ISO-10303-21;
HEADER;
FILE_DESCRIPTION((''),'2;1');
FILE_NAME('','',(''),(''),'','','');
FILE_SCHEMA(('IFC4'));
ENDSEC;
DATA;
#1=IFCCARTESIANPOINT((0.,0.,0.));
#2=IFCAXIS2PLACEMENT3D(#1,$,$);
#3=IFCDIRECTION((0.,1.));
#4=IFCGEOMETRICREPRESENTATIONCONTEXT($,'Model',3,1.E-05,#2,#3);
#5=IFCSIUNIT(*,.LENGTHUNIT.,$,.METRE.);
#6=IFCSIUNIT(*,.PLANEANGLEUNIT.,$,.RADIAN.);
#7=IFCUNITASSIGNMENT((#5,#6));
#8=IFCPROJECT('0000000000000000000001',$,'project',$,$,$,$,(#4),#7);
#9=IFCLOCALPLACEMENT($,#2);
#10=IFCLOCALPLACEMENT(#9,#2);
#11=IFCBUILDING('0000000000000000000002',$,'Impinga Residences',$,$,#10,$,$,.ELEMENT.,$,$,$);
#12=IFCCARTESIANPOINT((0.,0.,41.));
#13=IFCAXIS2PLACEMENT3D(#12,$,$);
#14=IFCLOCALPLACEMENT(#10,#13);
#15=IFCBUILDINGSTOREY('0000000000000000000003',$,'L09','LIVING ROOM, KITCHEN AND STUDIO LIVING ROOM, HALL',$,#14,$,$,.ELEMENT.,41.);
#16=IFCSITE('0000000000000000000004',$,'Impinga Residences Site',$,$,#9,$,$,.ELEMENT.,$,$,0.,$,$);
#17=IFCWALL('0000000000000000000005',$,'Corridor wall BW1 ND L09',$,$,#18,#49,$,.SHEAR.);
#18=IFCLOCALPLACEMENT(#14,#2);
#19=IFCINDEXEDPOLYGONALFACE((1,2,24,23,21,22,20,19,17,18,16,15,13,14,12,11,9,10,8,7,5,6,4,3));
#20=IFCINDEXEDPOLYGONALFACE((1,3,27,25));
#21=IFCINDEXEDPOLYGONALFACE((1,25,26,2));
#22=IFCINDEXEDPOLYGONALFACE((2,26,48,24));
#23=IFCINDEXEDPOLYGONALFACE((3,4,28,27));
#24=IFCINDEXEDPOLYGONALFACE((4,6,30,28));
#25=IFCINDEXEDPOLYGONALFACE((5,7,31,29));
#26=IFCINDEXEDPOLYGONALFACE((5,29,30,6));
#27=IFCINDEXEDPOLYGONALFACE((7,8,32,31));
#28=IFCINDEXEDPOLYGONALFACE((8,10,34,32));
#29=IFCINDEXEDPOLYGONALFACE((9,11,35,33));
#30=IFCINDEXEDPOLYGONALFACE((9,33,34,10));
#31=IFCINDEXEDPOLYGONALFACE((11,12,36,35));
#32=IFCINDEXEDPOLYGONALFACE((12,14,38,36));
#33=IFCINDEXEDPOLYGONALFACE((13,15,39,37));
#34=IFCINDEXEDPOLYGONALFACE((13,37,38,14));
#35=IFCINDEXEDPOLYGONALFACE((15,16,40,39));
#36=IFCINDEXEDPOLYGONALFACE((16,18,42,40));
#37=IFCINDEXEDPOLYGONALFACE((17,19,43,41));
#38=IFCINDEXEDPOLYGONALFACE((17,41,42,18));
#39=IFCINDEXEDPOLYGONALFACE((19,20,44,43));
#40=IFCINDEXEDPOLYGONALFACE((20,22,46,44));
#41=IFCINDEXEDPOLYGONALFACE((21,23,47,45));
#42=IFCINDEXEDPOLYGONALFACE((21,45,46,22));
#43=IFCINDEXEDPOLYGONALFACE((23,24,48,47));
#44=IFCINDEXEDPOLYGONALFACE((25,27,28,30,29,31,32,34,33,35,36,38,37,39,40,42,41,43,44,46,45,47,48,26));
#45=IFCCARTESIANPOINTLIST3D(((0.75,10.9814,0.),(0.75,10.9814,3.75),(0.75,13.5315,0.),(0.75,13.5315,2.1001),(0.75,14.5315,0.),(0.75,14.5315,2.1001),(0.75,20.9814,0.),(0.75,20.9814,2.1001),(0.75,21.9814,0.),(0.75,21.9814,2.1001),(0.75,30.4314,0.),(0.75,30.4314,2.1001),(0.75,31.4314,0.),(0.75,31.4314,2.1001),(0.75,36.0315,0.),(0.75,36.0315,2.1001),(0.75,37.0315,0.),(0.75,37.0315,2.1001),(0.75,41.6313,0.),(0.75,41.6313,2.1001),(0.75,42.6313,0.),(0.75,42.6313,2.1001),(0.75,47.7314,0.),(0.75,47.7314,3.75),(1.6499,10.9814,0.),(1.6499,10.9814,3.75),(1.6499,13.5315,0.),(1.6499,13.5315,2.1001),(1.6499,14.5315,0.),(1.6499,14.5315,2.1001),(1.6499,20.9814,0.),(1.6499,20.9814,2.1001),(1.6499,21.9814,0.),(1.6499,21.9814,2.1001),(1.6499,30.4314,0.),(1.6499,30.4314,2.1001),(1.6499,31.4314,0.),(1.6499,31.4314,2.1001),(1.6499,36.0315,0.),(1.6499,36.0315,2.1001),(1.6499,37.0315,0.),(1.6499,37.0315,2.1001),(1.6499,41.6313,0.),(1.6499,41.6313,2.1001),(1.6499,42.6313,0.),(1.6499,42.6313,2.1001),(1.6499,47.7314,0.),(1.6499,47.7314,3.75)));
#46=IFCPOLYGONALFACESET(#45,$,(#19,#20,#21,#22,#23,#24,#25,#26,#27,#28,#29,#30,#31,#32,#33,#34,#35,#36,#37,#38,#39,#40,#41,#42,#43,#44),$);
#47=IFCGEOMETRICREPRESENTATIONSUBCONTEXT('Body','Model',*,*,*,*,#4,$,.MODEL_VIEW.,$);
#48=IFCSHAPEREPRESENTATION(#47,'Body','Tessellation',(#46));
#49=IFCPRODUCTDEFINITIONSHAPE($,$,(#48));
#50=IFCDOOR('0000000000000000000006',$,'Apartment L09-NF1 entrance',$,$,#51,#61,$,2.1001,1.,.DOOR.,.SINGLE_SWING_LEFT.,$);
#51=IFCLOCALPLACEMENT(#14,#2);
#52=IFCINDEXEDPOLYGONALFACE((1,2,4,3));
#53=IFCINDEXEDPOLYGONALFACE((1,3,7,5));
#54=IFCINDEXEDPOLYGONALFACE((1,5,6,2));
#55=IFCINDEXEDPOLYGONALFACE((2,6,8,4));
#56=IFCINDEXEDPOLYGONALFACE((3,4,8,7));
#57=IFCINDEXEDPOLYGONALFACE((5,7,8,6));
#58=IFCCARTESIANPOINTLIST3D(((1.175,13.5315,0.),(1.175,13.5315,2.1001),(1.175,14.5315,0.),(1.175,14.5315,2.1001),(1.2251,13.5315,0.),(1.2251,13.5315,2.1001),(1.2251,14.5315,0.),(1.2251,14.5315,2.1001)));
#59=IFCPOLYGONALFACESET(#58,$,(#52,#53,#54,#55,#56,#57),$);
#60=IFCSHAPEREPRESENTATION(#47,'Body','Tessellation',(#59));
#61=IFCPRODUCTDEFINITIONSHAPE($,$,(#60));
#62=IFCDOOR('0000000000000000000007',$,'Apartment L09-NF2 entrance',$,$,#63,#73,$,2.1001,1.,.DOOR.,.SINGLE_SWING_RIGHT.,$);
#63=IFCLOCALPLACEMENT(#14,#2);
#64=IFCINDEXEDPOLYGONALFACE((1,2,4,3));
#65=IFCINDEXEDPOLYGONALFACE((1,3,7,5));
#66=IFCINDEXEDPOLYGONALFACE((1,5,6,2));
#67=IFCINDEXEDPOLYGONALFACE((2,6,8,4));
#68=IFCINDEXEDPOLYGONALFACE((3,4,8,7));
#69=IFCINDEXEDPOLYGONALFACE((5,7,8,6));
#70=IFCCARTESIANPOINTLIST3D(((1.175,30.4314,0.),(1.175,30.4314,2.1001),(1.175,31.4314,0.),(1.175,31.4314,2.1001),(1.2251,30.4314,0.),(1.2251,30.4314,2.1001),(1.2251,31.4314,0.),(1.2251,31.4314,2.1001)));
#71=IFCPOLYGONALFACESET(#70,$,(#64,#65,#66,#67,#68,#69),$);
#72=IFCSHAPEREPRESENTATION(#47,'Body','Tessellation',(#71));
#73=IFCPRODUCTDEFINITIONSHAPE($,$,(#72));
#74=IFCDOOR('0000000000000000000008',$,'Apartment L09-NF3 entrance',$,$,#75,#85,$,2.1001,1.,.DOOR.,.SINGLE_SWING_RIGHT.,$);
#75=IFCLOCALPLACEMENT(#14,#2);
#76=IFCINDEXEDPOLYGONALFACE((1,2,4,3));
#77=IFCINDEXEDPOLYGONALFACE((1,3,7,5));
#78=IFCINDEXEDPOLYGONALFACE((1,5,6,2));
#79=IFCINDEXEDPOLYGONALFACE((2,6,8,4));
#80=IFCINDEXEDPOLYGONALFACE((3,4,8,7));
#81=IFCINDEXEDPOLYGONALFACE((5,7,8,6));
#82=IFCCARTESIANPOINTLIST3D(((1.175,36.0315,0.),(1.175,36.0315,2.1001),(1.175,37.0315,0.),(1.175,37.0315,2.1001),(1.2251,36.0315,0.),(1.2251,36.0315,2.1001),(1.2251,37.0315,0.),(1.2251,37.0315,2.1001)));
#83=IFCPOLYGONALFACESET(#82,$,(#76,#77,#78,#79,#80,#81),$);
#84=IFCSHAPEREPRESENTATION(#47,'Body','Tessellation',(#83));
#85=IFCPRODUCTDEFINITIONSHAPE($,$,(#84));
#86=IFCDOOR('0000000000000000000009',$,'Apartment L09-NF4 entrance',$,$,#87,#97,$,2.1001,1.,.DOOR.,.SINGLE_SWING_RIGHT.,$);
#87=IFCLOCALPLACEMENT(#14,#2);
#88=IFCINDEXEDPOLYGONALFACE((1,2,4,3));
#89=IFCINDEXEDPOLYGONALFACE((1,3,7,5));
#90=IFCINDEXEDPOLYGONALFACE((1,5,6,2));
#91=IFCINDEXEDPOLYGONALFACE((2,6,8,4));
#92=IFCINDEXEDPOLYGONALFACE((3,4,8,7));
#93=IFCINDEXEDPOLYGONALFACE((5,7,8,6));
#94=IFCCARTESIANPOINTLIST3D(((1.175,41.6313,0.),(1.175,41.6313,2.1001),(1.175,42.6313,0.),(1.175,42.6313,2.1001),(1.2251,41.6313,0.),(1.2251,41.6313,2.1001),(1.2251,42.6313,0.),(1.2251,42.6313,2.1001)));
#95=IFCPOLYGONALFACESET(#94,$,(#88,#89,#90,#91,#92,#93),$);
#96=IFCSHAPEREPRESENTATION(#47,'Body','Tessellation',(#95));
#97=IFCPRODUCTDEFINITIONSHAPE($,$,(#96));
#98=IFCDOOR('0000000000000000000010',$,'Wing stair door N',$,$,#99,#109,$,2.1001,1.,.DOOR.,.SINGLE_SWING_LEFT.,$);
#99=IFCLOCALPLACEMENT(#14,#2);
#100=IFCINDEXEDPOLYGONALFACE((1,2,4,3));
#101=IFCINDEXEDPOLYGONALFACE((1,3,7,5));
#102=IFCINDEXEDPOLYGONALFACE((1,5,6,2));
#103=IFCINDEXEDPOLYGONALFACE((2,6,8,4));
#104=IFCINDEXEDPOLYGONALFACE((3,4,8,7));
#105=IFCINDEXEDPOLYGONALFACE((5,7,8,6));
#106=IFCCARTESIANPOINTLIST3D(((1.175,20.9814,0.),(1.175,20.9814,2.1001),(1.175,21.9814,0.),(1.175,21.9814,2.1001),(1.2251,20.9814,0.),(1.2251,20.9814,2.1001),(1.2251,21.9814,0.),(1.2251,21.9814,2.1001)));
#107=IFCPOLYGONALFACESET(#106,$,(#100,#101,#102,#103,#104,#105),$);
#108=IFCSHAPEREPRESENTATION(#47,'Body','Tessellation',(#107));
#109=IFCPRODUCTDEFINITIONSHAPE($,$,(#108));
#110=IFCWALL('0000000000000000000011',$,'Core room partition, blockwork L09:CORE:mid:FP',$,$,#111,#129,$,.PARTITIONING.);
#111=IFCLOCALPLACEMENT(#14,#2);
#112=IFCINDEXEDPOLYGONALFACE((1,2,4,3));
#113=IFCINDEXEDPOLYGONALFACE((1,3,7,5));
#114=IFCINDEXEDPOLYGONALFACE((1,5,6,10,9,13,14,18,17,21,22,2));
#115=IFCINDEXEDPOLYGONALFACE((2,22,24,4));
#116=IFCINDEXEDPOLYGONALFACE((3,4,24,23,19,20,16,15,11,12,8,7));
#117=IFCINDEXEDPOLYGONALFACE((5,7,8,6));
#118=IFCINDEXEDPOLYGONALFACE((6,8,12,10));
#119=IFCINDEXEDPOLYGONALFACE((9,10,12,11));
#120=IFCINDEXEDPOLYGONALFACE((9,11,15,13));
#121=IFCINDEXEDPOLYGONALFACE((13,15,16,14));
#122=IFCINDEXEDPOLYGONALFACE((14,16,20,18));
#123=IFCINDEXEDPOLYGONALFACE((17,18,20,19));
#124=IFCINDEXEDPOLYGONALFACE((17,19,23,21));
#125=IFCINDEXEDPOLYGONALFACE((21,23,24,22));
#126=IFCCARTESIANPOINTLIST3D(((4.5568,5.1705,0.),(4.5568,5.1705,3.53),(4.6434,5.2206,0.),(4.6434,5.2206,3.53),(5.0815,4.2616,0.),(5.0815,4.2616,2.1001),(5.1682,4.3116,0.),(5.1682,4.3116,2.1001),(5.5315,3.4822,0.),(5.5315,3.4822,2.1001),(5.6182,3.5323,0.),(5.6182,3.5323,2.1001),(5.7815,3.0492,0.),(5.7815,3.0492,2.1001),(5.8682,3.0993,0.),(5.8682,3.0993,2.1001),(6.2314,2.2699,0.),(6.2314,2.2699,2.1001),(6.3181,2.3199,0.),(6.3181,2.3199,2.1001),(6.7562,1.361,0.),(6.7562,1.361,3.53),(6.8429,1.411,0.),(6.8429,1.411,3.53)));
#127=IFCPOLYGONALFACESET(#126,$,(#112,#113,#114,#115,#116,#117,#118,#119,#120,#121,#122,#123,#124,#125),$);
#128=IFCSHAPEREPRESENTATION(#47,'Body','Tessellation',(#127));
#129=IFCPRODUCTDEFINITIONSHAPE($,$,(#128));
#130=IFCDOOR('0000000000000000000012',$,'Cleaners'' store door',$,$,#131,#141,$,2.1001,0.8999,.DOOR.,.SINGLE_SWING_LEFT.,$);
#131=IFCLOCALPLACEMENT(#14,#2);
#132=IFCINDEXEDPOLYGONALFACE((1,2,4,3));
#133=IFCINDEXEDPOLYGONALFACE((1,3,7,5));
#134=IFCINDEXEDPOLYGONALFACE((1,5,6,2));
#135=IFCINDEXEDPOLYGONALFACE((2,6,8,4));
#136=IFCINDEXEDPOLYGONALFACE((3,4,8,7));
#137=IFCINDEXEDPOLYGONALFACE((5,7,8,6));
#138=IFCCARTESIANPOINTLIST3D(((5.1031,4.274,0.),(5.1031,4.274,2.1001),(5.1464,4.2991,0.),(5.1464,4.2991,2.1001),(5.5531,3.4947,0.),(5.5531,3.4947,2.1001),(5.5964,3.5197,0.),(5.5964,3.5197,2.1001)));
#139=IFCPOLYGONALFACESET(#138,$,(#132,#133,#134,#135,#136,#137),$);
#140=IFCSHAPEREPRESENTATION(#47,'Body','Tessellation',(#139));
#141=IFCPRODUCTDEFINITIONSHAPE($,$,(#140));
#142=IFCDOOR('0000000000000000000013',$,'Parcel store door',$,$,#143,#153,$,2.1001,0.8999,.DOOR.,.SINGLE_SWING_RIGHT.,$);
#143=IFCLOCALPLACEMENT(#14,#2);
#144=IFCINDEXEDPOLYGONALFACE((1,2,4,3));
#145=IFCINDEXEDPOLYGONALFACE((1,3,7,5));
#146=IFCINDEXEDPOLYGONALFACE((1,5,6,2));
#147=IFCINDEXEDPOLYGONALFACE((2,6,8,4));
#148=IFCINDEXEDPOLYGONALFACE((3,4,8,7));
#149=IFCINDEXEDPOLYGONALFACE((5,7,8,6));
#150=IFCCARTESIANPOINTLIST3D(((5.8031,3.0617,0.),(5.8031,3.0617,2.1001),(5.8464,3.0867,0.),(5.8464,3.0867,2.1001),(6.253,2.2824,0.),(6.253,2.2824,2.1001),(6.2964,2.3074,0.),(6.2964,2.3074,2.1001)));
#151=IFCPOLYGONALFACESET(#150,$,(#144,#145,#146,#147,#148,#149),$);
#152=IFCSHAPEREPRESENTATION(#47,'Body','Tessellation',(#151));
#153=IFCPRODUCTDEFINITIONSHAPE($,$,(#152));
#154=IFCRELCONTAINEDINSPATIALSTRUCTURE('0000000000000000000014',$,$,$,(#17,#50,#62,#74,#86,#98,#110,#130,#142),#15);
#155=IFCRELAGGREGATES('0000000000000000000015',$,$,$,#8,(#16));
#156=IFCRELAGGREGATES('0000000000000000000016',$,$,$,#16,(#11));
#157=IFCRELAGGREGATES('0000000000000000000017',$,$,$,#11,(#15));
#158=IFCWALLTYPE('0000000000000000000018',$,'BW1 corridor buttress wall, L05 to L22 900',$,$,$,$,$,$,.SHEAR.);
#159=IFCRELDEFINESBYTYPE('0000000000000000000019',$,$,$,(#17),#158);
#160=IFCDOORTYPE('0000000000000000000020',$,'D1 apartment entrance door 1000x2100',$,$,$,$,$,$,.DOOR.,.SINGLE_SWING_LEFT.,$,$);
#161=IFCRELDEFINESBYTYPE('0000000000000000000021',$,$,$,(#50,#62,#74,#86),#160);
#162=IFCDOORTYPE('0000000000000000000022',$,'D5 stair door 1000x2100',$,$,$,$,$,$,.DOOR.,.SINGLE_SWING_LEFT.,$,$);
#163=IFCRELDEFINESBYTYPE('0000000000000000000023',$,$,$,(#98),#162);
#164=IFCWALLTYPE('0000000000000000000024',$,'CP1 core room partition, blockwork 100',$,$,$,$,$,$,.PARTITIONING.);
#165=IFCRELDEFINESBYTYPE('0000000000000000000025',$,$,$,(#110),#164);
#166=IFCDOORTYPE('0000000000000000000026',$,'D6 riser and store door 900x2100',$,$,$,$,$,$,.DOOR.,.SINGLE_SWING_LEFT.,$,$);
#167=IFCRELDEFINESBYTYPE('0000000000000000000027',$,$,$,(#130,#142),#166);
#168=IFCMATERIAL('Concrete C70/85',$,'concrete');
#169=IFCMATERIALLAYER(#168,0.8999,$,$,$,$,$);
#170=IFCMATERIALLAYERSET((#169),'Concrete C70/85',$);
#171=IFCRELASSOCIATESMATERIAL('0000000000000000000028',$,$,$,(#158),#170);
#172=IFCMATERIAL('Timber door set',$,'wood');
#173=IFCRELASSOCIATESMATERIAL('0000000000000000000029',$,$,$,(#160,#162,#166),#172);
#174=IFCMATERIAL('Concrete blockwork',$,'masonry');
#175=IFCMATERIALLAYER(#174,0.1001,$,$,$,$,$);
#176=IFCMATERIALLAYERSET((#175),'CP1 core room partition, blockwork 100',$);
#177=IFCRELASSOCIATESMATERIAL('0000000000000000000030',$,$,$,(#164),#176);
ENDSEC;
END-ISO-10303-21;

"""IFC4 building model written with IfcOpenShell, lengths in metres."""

from ifc_helpers import new_model, si_unit, direction, frame, frame_2d, origin, place, context, subcontext, project, spatial, rectangle, extrude, material, layer, layer_set, type_object, element, fill, save


model = new_model("IFC4")

# Units and contexts
model_context = context("Model", 3, precision=1e-05, world=origin(), true_north=direction((0.0, 1.0)))
body_context = subcontext(model_context, "Body", "Model", "MODEL_VIEW")
ifc_project = project(units=[si_unit("LENGTHUNIT", "METRE"), si_unit("PLANEANGLEUNIT", "RADIAN")], contexts=[model_context])

# Site, building, storey
site_placement = place(None, origin())
site = spatial("IfcSite", under=ifc_project, at=site_placement, Name="Impinga Residences Site", CompositionType="ELEMENT", RefElevation=0.0)
building_placement = place(site_placement, origin())
building = spatial("IfcBuilding", under=site, at=building_placement, Name="Impinga Residences", CompositionType="ELEMENT")
storey_placement = place(building_placement, frame((0.0, 0.0, 41.0)))
storey = spatial("IfcBuildingStorey", under=building, at=storey_placement, Name="L09", Description="LIVING ROOM, KITCHEN AND STUDIO LIVING ROOM, HALL", CompositionType="ELEMENT", Elevation=41.0)

# Walls, openings, doors
ifc_material_1 = material(Name="Concrete C70/85", Category="concrete")
ifc_layer_1 = layer(ifc_material_1, 0.8999)
ifc_layer_set_1 = layer_set([ifc_layer_1], Name="Concrete C70/85")
wall_type_1 = type_object("IfcWallType", Name="BW1 corridor buttress wall, L05 to L22 900", PredefinedType="SHEAR", material=ifc_layer_set_1)
wall_1_placement = place(storey_placement, frame((1.2, 10.9814, 0.0), z_axis=(0.0, 0.0, 1.0), x_axis=(0.0, 1.0, 0.0)))
wall_1 = element("IfcWall", 1, at=wall_1_placement, inside=storey, type_object=wall_type_1, Name="Corridor wall BW1 ND L09", PredefinedType="SHEAR", context=body_context, shape_type="SweptSolid", body=[
    extrude(rectangle(XDim=36.75, YDim=0.8999, at=frame_2d((18.375, 0.0))), origin(), (0.0, 0.0, 1.0), 3.75),
])
opening_1_placement = place(wall_1_placement, frame((10.0, 0.0, 0.0)))
opening_1 = element("IfcOpeningElement", 2, at=opening_1_placement, cuts=wall_1, PredefinedType="OPENING", context=body_context, shape_type="SweptSolid", body=[
    extrude(rectangle(XDim=1.0, YDim=2.1001, at=frame_2d((0.5, 1.05))), frame((0.0, 0.46, 0.0), z_axis=(0.0, -1.0, 0.0), x_axis=(1.0, 0.0, 0.0)), (0.0, 0.0, 1.0), 0.9199),
])
opening_2_placement = place(wall_1_placement, frame((2.55, 0.0, 0.0)))
opening_2 = element("IfcOpeningElement", 3, at=opening_2_placement, cuts=wall_1, PredefinedType="OPENING", context=body_context, shape_type="SweptSolid", body=[
    extrude(rectangle(XDim=1.0, YDim=2.1001, at=frame_2d((0.5, 1.05))), frame((0.0, 0.46, 0.0), z_axis=(0.0, -1.0, 0.0), x_axis=(1.0, 0.0, 0.0)), (0.0, 0.0, 1.0), 0.9199),
])
opening_3_placement = place(wall_1_placement, frame((19.45, 0.0, 0.0)))
opening_3 = element("IfcOpeningElement", 4, at=opening_3_placement, cuts=wall_1, PredefinedType="OPENING", context=body_context, shape_type="SweptSolid", body=[
    extrude(rectangle(XDim=1.0, YDim=2.1001, at=frame_2d((0.5, 1.05))), frame((0.0, 0.46, 0.0), z_axis=(0.0, -1.0, 0.0), x_axis=(1.0, 0.0, 0.0)), (0.0, 0.0, 1.0), 0.9199),
])
opening_4_placement = place(wall_1_placement, frame((25.05, 0.0, 0.0)))
opening_4 = element("IfcOpeningElement", 5, at=opening_4_placement, cuts=wall_1, PredefinedType="OPENING", context=body_context, shape_type="SweptSolid", body=[
    extrude(rectangle(XDim=1.0, YDim=2.1001, at=frame_2d((0.5, 1.05))), frame((0.0, 0.46, 0.0), z_axis=(0.0, -1.0, 0.0), x_axis=(1.0, 0.0, 0.0)), (0.0, 0.0, 1.0), 0.9199),
])
opening_5_placement = place(wall_1_placement, frame((30.6499, 0.0, 0.0)))
opening_5 = element("IfcOpeningElement", 6, at=opening_5_placement, cuts=wall_1, PredefinedType="OPENING", context=body_context, shape_type="SweptSolid", body=[
    extrude(rectangle(XDim=1.0, YDim=2.1001, at=frame_2d((0.5, 1.05))), frame((0.0, 0.46, 0.0), z_axis=(0.0, -1.0, 0.0), x_axis=(1.0, 0.0, 0.0)), (0.0, 0.0, 1.0), 0.9199),
])
ifc_material_2 = material(Name="Timber door set", Category="wood")
door_type_1 = type_object("IfcDoorType", Name="D1 apartment entrance door 1000x2100", OperationType="SINGLE_SWING_LEFT", PredefinedType="DOOR", material=ifc_material_2)
door_1_placement = place(opening_2_placement, origin())
door_1 = element("IfcDoor", 7, at=door_1_placement, inside=storey, type_object=door_type_1, Name="Apartment L09-NF1 entrance", OperationType="SINGLE_SWING_LEFT", OverallHeight=2.1001, OverallWidth=1.0, PredefinedType="DOOR", context=body_context, shape_type="SweptSolid", body=[
    extrude(rectangle(XDim=1.0, YDim=2.1001, at=frame_2d((0.5, 1.05))), frame((0.0, 0.0249, 0.0), z_axis=(0.0, -1.0, 0.0), x_axis=(1.0, 0.0, 0.0)), (0.0, 0.0, 1.0), 0.05),
])
fill(opening_2, door_1)
door_2_placement = place(opening_3_placement, origin())
door_2 = element("IfcDoor", 8, at=door_2_placement, inside=storey, type_object=door_type_1, Name="Apartment L09-NF2 entrance", OperationType="SINGLE_SWING_RIGHT", OverallHeight=2.1001, OverallWidth=1.0, PredefinedType="DOOR", context=body_context, shape_type="SweptSolid", body=[
    extrude(rectangle(XDim=1.0, YDim=2.1001, at=frame_2d((0.5, 1.05))), frame((0.0, 0.0249, 0.0), z_axis=(0.0, -1.0, 0.0), x_axis=(1.0, 0.0, 0.0)), (0.0, 0.0, 1.0), 0.05),
])
fill(opening_3, door_2)
door_3_placement = place(opening_4_placement, origin())
door_3 = element("IfcDoor", 9, at=door_3_placement, inside=storey, type_object=door_type_1, Name="Apartment L09-NF3 entrance", OperationType="SINGLE_SWING_RIGHT", OverallHeight=2.1001, OverallWidth=1.0, PredefinedType="DOOR", context=body_context, shape_type="SweptSolid", body=[
    extrude(rectangle(XDim=1.0, YDim=2.1001, at=frame_2d((0.5, 1.05))), frame((0.0, 0.0249, 0.0), z_axis=(0.0, -1.0, 0.0), x_axis=(1.0, 0.0, 0.0)), (0.0, 0.0, 1.0), 0.05),
])
fill(opening_4, door_3)
door_4_placement = place(opening_5_placement, origin())
door_4 = element("IfcDoor", 10, at=door_4_placement, inside=storey, type_object=door_type_1, Name="Apartment L09-NF4 entrance", OperationType="SINGLE_SWING_RIGHT", OverallHeight=2.1001, OverallWidth=1.0, PredefinedType="DOOR", context=body_context, shape_type="SweptSolid", body=[
    extrude(rectangle(XDim=1.0, YDim=2.1001, at=frame_2d((0.5, 1.05))), frame((0.0, 0.0249, 0.0), z_axis=(0.0, -1.0, 0.0), x_axis=(1.0, 0.0, 0.0)), (0.0, 0.0, 1.0), 0.05),
])
fill(opening_5, door_4)
door_type_2 = type_object("IfcDoorType", Name="D5 stair door 1000x2100", OperationType="SINGLE_SWING_LEFT", PredefinedType="DOOR", material=ifc_material_2)
door_5_placement = place(opening_1_placement, origin())
door_5 = element("IfcDoor", 11, at=door_5_placement, inside=storey, type_object=door_type_2, Name="Wing stair door N", OperationType="SINGLE_SWING_LEFT", OverallHeight=2.1001, OverallWidth=1.0, PredefinedType="DOOR", context=body_context, shape_type="SweptSolid", body=[
    extrude(rectangle(XDim=1.0, YDim=2.1001, at=frame_2d((0.5, 1.05))), frame((0.0, 0.0249, 0.0), z_axis=(0.0, -1.0, 0.0), x_axis=(1.0, 0.0, 0.0)), (0.0, 0.0, 1.0), 0.05),
])
fill(opening_1, door_5)
ifc_material_3 = material(Name="Concrete blockwork", Category="masonry")
ifc_layer_2 = layer(ifc_material_3, 0.1001)
ifc_layer_set_2 = layer_set([ifc_layer_2], Name="CP1 core room partition, blockwork 100")
wall_type_2 = type_object("IfcWallType", Name="CP1 core room partition, blockwork 100", PredefinedType="PARTITIONING", material=ifc_layer_set_2)
wall_2_placement = place(storey_placement, frame((4.6001, 5.1956, 0.0), z_axis=(0.0, 0.0, 1.0), x_axis=(0.500001, -0.866025, 0.0)))
wall_2 = element("IfcWall", 12, at=wall_2_placement, inside=storey, type_object=wall_type_2, Name="Core room partition, blockwork L09:CORE:mid:FP", PredefinedType="PARTITIONING", context=body_context, shape_type="SweptSolid", body=[
    extrude(rectangle(XDim=4.3989, YDim=0.1001, at=frame_2d((2.1995, 0.0))), origin(), (0.0, 0.0, 1.0), 3.53),
])
opening_6_placement = place(wall_2_placement, frame((1.0496, 0.0, 0.0)))
opening_6 = element("IfcOpeningElement", 13, at=opening_6_placement, cuts=wall_2, PredefinedType="OPENING", context=body_context, shape_type="SweptSolid", body=[
    extrude(rectangle(XDim=0.8999, YDim=2.1001, at=frame_2d((0.45, 1.05))), frame((0.0, 0.0601, 0.0), z_axis=(0.0, -1.0, 0.0), x_axis=(1.0, 0.0, 0.0)), (0.0, 0.0, 1.0), 0.1201),
])
opening_7_placement = place(wall_2_placement, frame((2.4495, 0.0, 0.0)))
opening_7 = element("IfcOpeningElement", 14, at=opening_7_placement, cuts=wall_2, PredefinedType="OPENING", context=body_context, shape_type="SweptSolid", body=[
    extrude(rectangle(XDim=0.8999, YDim=2.1001, at=frame_2d((0.45, 1.05))), frame((0.0, 0.0601, 0.0), z_axis=(0.0, -1.0, 0.0), x_axis=(1.0, 0.0, 0.0)), (0.0, 0.0, 1.0), 0.1201),
])
door_type_3 = type_object("IfcDoorType", Name="D6 riser and store door 900x2100", OperationType="SINGLE_SWING_LEFT", PredefinedType="DOOR", material=ifc_material_2)
door_6_placement = place(opening_6_placement, origin())
door_6 = element("IfcDoor", 15, at=door_6_placement, inside=storey, type_object=door_type_3, Name="Cleaners' store door", OperationType="SINGLE_SWING_LEFT", OverallHeight=2.1001, OverallWidth=0.8999, PredefinedType="DOOR", context=body_context, shape_type="SweptSolid", body=[
    extrude(rectangle(XDim=0.8999, YDim=2.1001, at=frame_2d((0.45, 1.05))), frame((0.0, 0.0249, 0.0), z_axis=(0.0, -1.0, 0.0), x_axis=(1.0, 0.0, 0.0)), (0.0, 0.0, 1.0), 0.05),
])
fill(opening_6, door_6)
door_7_placement = place(opening_7_placement, origin())
door_7 = element("IfcDoor", 16, at=door_7_placement, inside=storey, type_object=door_type_3, Name="Parcel store door", OperationType="SINGLE_SWING_RIGHT", OverallHeight=2.1001, OverallWidth=0.8999, PredefinedType="DOOR", context=body_context, shape_type="SweptSolid", body=[
    extrude(rectangle(XDim=0.8999, YDim=2.1001, at=frame_2d((0.45, 1.05))), frame((0.0, 0.0249, 0.0), z_axis=(0.0, -1.0, 0.0), x_axis=(1.0, 0.0, 0.0)), (0.0, 0.0, 1.0), 0.05),
])
fill(opening_7, door_7)

save(model, "model.ifc")
